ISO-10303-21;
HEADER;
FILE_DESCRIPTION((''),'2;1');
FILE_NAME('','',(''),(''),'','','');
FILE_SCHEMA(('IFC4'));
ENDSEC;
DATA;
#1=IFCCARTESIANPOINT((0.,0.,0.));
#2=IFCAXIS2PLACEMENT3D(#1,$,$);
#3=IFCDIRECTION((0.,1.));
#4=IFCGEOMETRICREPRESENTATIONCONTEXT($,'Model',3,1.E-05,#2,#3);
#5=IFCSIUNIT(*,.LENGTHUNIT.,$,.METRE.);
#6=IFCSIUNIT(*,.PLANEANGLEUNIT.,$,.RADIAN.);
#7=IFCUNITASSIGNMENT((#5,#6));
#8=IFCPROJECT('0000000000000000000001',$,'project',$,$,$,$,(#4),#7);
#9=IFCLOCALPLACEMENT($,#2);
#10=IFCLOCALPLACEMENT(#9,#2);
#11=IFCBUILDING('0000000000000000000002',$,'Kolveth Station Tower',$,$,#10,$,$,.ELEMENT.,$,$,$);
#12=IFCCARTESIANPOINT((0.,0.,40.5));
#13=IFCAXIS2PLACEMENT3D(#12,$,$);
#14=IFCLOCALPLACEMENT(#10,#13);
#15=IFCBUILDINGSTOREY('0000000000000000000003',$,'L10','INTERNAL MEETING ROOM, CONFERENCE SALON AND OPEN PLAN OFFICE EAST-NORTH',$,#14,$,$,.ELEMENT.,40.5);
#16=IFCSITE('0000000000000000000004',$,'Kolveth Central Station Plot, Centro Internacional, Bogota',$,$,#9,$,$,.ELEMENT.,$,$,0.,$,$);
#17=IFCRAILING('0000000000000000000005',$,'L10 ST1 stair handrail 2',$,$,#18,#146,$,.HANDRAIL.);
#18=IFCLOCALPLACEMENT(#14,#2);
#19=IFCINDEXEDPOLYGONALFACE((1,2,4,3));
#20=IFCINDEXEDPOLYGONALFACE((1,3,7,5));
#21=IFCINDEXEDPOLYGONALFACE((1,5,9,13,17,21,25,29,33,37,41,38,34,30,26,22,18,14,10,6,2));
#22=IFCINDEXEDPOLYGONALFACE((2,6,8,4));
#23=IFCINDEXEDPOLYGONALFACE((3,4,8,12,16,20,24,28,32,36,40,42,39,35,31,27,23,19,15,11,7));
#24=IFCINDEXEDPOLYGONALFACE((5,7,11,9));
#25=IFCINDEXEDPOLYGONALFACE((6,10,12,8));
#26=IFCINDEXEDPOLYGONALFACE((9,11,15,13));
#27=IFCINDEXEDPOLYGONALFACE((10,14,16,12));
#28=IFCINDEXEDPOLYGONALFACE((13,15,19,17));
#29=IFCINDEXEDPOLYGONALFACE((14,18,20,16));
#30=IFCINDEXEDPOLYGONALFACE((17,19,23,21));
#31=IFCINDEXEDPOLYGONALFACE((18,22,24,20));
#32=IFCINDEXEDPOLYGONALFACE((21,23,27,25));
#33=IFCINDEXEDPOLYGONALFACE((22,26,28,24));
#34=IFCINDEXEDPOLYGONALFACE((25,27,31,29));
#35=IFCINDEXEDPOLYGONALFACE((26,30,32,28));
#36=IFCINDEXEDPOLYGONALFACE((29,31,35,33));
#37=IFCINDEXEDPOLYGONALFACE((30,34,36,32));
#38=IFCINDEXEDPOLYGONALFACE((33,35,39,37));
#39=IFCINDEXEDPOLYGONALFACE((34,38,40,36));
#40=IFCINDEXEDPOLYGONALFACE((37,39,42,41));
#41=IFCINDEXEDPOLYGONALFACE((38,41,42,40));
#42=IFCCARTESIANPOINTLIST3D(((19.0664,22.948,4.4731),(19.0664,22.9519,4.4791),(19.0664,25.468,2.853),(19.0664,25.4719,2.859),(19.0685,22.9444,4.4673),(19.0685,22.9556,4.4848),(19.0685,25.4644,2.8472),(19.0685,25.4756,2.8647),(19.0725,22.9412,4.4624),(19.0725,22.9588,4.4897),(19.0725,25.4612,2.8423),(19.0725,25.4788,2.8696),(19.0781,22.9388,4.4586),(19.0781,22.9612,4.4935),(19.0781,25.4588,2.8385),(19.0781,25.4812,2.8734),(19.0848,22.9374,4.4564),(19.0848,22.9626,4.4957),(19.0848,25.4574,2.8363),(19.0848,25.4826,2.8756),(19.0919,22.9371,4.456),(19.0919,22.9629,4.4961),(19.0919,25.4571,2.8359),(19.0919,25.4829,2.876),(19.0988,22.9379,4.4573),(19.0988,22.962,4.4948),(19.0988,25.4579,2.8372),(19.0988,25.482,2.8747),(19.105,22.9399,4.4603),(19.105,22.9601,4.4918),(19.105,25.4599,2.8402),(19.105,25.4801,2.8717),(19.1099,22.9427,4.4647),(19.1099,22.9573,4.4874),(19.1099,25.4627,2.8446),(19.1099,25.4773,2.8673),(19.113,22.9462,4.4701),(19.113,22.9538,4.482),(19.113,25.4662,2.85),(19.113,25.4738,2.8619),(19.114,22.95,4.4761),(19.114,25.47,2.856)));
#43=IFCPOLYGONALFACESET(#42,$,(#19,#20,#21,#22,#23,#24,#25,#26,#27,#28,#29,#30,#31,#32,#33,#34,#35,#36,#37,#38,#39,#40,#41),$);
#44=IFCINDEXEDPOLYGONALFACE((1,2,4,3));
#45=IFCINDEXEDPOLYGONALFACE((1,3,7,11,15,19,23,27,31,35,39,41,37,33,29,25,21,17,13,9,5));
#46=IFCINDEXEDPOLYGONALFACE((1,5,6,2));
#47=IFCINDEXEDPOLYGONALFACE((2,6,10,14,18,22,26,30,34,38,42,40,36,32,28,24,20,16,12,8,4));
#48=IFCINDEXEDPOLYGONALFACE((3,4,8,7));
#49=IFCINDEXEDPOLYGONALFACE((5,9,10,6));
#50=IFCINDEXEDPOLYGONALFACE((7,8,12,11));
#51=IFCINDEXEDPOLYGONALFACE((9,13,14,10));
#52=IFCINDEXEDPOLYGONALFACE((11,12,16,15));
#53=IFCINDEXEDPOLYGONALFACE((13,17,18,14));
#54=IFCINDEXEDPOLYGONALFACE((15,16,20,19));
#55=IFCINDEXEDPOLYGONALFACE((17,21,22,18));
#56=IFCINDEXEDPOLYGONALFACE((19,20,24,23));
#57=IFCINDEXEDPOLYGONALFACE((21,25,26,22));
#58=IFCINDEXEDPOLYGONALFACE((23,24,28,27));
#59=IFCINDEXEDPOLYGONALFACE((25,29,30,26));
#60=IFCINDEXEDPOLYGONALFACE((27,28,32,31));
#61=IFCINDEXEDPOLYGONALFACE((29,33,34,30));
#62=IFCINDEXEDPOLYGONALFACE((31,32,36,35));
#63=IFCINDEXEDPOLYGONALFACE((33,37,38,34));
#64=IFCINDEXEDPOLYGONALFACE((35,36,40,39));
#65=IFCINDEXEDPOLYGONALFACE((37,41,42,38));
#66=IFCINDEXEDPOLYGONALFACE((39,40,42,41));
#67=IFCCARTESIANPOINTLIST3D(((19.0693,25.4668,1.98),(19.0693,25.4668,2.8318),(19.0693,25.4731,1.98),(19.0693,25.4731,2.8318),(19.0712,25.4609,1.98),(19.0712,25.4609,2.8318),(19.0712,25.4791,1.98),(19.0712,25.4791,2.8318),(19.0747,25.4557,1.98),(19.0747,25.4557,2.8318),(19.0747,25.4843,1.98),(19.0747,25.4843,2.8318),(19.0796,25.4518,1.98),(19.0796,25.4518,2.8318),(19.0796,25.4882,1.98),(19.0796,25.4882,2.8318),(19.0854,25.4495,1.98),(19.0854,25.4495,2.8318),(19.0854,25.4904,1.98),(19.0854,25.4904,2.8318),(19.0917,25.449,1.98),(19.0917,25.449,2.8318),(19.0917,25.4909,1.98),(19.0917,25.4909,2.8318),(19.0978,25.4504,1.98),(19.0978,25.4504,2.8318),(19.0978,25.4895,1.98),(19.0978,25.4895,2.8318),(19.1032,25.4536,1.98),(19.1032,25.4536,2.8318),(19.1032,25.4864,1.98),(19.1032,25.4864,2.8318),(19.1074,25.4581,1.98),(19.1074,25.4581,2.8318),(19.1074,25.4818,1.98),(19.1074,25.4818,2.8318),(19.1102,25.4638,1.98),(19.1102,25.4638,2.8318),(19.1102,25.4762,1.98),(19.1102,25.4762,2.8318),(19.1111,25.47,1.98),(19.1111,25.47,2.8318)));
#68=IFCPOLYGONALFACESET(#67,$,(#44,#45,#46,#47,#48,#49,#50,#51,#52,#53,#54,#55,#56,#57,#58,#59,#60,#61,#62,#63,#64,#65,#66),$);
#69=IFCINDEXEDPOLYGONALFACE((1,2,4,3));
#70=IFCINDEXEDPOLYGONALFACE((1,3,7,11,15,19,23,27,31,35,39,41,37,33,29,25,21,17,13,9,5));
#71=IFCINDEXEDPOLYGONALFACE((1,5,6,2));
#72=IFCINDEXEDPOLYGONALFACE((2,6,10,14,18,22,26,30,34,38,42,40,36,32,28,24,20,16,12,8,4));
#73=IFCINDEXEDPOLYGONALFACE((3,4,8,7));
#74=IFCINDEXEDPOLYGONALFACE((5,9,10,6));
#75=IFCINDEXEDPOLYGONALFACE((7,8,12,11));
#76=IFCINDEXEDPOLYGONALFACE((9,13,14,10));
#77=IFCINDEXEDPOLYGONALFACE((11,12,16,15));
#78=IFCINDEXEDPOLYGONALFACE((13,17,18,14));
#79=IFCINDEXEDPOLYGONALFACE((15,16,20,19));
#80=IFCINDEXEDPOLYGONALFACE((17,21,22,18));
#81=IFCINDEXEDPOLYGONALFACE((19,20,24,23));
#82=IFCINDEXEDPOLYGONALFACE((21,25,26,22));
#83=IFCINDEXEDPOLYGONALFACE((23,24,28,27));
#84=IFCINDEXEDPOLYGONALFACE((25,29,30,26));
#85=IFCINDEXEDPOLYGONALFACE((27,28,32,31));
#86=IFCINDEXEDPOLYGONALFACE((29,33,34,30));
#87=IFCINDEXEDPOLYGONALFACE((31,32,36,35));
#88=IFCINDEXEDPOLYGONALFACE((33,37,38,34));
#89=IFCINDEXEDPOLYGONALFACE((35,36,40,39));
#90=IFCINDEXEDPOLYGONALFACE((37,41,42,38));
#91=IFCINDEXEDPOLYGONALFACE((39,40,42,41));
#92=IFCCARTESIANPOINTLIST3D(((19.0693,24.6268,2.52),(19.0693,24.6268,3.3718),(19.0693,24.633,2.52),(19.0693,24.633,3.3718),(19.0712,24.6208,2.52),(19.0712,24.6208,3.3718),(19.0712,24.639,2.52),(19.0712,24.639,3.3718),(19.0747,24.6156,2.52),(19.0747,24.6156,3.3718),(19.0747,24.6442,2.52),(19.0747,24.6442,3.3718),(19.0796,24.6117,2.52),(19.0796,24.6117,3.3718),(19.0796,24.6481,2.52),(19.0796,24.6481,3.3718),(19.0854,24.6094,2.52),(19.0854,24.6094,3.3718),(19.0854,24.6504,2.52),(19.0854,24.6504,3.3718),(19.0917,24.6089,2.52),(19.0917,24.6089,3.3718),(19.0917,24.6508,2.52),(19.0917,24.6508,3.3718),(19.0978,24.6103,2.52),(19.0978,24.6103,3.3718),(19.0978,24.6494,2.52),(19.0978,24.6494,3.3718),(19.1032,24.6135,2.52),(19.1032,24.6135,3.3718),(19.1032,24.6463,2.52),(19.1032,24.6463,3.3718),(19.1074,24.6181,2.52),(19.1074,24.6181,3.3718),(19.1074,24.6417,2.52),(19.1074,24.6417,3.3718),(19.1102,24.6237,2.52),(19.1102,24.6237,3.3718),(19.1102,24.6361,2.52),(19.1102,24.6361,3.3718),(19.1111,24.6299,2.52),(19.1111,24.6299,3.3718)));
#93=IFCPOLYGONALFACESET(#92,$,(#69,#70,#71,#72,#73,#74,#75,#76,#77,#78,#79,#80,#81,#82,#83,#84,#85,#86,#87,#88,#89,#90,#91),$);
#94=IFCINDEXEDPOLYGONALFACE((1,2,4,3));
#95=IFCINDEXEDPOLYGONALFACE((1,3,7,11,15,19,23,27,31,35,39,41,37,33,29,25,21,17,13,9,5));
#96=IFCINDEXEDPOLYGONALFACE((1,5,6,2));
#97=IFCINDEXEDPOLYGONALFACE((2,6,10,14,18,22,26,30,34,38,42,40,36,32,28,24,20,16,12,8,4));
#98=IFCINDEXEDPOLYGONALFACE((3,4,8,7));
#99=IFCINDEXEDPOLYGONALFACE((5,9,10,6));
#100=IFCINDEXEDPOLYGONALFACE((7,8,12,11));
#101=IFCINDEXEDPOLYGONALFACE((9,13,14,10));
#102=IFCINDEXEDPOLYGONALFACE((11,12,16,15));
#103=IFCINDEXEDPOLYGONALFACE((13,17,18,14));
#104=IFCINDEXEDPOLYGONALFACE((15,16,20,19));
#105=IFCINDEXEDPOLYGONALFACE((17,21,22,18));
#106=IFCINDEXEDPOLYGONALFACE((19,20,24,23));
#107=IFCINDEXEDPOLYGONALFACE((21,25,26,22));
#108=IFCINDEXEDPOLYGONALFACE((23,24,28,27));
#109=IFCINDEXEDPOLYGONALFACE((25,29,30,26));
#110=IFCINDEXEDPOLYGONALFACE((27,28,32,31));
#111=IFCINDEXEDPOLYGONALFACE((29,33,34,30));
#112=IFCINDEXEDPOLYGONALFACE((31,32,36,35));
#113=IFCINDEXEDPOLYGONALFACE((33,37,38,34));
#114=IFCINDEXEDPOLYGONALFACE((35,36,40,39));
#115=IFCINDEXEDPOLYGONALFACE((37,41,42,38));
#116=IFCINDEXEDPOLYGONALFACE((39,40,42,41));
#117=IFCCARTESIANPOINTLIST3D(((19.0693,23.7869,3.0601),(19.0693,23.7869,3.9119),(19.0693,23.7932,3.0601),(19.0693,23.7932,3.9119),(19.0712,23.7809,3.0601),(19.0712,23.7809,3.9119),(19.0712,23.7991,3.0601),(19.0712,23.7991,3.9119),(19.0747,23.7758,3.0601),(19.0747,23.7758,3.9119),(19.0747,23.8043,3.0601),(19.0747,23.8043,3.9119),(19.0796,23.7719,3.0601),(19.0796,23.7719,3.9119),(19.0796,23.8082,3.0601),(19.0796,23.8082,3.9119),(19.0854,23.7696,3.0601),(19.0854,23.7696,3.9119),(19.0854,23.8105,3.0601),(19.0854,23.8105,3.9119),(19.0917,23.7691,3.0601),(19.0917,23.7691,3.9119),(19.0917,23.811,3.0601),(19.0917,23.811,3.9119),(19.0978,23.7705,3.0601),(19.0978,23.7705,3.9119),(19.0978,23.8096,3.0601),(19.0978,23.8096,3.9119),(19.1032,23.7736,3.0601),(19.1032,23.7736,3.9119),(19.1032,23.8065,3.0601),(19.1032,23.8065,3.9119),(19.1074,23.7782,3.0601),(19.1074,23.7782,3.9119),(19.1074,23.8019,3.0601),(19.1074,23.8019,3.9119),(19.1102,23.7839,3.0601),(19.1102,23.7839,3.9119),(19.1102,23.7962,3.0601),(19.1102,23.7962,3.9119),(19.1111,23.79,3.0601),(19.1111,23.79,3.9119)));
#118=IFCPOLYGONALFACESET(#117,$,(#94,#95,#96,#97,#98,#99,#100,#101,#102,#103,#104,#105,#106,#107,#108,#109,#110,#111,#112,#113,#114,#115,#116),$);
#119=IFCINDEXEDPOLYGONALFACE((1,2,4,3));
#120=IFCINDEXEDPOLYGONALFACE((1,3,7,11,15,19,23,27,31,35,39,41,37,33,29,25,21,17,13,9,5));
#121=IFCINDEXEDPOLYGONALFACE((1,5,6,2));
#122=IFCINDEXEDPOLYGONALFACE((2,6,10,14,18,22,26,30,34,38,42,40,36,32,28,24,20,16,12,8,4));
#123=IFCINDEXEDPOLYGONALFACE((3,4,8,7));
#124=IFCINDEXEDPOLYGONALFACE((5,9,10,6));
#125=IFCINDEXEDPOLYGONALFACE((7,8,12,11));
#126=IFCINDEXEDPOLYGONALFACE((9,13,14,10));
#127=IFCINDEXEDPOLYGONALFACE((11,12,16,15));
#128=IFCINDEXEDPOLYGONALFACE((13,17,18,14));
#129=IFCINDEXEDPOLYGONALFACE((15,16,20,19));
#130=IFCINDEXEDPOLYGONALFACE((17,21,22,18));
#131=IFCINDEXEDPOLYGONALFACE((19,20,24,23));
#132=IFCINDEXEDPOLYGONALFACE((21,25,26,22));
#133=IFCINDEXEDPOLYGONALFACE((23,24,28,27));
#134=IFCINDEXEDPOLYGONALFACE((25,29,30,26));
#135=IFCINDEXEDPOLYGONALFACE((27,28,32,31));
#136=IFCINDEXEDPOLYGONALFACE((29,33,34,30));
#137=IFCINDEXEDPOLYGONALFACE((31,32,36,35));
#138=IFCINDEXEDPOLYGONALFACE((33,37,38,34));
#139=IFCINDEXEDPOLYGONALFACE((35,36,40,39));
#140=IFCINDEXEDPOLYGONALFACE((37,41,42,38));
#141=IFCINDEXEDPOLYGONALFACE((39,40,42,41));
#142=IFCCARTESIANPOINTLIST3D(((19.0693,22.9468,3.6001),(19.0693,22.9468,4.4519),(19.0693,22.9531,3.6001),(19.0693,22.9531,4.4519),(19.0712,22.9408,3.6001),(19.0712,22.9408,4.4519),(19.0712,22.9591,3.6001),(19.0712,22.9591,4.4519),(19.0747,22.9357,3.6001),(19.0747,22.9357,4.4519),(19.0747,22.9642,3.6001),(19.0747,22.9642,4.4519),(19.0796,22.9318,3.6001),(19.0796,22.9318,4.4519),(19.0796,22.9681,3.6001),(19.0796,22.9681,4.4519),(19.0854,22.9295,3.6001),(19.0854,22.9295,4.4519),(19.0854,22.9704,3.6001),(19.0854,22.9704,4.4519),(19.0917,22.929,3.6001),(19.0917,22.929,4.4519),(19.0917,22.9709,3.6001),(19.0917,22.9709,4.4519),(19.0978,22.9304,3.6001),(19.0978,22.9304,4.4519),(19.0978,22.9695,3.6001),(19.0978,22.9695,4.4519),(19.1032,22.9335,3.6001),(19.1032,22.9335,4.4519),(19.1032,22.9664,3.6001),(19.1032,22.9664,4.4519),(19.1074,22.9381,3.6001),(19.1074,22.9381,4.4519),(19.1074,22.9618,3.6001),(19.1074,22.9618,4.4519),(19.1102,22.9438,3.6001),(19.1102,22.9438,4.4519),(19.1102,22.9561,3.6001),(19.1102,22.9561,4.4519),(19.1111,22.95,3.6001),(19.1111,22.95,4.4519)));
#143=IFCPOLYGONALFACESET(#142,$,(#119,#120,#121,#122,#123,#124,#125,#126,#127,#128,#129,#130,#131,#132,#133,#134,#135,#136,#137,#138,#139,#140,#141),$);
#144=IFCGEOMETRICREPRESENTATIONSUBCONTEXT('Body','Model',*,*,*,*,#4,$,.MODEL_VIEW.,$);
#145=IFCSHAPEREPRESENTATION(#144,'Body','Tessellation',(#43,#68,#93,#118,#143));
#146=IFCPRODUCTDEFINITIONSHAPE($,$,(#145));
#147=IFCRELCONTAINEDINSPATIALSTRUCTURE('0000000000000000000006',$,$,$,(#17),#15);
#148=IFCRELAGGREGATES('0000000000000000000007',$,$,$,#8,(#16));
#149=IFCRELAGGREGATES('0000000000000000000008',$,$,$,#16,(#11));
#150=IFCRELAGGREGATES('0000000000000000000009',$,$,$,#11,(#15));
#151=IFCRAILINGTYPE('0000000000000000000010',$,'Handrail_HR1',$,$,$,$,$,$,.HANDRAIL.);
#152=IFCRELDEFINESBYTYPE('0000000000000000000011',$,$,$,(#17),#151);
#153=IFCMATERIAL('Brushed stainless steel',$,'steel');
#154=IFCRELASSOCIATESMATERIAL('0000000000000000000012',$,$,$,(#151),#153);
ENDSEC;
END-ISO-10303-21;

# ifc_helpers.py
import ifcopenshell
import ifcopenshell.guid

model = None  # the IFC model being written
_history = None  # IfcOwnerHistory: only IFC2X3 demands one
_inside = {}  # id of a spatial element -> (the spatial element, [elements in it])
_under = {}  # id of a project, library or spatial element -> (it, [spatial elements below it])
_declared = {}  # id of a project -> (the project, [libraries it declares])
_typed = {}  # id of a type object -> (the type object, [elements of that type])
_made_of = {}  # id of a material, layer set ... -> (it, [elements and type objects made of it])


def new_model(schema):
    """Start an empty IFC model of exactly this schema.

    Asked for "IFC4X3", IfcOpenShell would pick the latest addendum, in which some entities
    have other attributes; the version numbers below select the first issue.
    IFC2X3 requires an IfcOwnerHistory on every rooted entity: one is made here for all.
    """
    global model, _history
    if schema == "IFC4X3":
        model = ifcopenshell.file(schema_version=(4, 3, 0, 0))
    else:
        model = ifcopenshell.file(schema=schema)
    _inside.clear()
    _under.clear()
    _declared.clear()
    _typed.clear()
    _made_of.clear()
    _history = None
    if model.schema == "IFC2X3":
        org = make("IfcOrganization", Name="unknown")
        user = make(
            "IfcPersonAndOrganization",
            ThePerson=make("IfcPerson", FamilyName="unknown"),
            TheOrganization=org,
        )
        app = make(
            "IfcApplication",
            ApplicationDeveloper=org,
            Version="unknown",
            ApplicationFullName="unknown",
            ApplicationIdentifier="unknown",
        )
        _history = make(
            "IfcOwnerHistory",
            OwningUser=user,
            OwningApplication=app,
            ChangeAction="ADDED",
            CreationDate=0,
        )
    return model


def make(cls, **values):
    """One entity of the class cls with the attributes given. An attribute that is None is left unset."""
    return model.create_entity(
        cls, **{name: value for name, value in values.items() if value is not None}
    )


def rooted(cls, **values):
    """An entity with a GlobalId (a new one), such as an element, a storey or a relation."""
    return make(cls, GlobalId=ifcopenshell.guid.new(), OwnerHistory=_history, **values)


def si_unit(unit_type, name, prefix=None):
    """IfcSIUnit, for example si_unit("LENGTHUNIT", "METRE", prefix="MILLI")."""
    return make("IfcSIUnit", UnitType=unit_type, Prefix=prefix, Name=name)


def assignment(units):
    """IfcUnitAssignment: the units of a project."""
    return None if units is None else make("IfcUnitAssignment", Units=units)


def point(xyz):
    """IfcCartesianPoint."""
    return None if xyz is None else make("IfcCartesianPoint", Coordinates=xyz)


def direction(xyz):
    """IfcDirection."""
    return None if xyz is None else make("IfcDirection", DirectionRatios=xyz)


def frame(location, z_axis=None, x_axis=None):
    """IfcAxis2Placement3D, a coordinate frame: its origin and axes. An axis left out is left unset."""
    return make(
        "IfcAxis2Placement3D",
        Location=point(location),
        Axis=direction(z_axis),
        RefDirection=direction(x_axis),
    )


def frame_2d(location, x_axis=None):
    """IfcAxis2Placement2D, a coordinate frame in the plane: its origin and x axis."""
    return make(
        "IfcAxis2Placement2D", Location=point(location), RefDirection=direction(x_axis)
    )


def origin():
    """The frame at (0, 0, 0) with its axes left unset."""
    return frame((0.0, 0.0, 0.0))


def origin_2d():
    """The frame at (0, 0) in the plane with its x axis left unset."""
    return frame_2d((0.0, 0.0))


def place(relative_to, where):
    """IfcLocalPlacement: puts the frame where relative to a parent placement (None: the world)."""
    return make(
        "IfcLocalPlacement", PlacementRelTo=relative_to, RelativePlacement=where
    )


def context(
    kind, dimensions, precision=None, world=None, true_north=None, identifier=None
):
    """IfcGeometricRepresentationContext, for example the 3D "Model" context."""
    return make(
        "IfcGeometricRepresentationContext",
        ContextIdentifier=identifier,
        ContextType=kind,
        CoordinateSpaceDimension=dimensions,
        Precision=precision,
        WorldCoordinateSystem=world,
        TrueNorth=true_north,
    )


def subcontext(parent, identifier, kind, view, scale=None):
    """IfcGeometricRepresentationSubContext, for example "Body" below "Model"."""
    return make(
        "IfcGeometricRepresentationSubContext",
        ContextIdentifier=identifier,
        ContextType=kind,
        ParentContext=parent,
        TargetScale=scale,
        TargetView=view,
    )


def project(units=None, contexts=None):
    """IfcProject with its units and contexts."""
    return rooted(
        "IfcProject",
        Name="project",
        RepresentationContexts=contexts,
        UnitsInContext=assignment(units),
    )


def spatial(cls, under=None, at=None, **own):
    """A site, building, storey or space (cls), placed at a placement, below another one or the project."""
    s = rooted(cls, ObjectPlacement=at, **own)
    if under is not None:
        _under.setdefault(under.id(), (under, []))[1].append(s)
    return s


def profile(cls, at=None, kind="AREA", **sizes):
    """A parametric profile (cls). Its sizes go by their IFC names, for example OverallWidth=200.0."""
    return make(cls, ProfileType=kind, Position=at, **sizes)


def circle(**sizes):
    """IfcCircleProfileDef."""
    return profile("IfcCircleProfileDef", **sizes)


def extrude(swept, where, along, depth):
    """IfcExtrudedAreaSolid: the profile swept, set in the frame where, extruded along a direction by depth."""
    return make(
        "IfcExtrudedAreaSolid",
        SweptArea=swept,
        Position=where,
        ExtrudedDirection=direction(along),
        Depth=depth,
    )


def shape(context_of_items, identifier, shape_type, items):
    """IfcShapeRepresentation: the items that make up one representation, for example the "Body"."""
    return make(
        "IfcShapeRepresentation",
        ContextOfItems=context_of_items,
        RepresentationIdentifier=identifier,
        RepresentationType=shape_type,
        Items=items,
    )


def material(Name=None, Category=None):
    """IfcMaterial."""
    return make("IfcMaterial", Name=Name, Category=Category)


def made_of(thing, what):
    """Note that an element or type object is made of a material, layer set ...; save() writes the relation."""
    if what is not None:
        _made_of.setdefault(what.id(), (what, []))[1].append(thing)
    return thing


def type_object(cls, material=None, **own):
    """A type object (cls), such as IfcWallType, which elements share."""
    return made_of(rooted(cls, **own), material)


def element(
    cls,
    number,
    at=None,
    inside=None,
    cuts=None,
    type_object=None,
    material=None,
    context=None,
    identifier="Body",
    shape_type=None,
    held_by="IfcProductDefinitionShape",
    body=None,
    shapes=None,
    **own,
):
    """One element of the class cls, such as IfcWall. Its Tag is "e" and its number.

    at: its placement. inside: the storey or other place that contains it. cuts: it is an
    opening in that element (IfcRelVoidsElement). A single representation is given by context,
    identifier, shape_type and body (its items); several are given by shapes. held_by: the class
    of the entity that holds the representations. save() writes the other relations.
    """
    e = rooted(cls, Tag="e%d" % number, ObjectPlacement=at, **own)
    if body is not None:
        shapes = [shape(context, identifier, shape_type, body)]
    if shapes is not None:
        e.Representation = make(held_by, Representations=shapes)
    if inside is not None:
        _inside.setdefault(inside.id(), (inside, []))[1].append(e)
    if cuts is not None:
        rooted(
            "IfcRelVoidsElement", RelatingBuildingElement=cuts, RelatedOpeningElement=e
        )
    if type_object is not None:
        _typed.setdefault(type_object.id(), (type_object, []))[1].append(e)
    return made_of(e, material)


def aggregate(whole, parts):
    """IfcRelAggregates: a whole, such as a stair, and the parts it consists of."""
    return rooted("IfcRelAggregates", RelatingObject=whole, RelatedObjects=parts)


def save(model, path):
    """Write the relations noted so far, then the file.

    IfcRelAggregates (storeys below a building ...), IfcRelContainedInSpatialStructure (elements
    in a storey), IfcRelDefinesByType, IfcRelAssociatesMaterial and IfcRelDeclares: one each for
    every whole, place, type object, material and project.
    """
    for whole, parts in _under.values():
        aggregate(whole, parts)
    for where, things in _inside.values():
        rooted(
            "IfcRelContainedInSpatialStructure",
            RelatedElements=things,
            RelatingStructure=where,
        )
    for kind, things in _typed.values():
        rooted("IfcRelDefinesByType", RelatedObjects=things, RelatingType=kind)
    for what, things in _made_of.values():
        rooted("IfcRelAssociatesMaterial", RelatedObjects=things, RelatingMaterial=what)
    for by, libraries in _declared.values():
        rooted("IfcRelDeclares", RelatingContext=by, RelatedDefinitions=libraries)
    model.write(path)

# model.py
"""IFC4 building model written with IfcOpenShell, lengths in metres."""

from ifc_helpers import new_model, si_unit, direction, frame, origin, origin_2d, place, context, subcontext, project, spatial, circle, extrude, material, type_object, element, save


model = new_model("IFC4")

# Units and contexts
model_context = context("Model", 3, precision=1e-05, world=origin(), true_north=direction((0.0, 1.0)))
body_context = subcontext(model_context, "Body", "Model", "MODEL_VIEW")
ifc_project = project(units=[si_unit("LENGTHUNIT", "METRE"), si_unit("PLANEANGLEUNIT", "RADIAN")], contexts=[model_context])

# Site, building, storey
site_placement = place(None, origin())
site = spatial("IfcSite", under=ifc_project, at=site_placement, Name="Kolveth Central Station Plot, Centro Internacional, Bogota", CompositionType="ELEMENT", RefElevation=0.0)
building_placement = place(site_placement, origin())
building = spatial("IfcBuilding", under=site, at=building_placement, Name="Kolveth Station Tower", CompositionType="ELEMENT")
storey_placement = place(building_placement, frame((0.0, 0.0, 40.5)))
storey = spatial("IfcBuildingStorey", under=building, at=storey_placement, Name="L10", Description="INTERNAL MEETING ROOM, CONFERENCE SALON AND OPEN PLAN OFFICE EAST-NORTH", CompositionType="ELEMENT", Elevation=40.5)

# Railing
ifc_material_1 = material(Name="Brushed stainless steel", Category="steel")
railing_type_1 = type_object("IfcRailingType", Name="Handrail_HR1", PredefinedType="HANDRAIL", material=ifc_material_1)
railing_1_placement = place(storey_placement, frame((19.0901, 25.47, 1.98)))
element("IfcRailing", 1, at=railing_1_placement, inside=storey, type_object=railing_type_1, Name="L10 ST1 stair handrail 2", PredefinedType="HANDRAIL", context=body_context, shape_type="SweptSolid", body=[
    extrude(circle(Radius=0.0239, at=origin_2d()), frame((0.0, 0.0, 0.876), z_axis=(0.0, -0.841163, 0.540782), x_axis=(1.0, 0.0, 0.0)), (0.0, 0.0, 1.0), 2.9958),
    extrude(circle(Radius=0.021, at=origin_2d()), origin(), (0.0, 0.0, 1.0), 0.8518),
    extrude(circle(Radius=0.021, at=origin_2d()), frame((0.0, -0.8401, 0.54)), (0.0, 0.0, 1.0), 0.8518),
    extrude(circle(Radius=0.021, at=origin_2d()), frame((0.0, -1.6799, 1.0801)), (0.0, 0.0, 1.0), 0.8518),
    extrude(circle(Radius=0.021, at=origin_2d()), frame((0.0, -2.52, 1.6201)), (0.0, 0.0, 1.0), 0.8518),
])

save(model, "model.ifc")
